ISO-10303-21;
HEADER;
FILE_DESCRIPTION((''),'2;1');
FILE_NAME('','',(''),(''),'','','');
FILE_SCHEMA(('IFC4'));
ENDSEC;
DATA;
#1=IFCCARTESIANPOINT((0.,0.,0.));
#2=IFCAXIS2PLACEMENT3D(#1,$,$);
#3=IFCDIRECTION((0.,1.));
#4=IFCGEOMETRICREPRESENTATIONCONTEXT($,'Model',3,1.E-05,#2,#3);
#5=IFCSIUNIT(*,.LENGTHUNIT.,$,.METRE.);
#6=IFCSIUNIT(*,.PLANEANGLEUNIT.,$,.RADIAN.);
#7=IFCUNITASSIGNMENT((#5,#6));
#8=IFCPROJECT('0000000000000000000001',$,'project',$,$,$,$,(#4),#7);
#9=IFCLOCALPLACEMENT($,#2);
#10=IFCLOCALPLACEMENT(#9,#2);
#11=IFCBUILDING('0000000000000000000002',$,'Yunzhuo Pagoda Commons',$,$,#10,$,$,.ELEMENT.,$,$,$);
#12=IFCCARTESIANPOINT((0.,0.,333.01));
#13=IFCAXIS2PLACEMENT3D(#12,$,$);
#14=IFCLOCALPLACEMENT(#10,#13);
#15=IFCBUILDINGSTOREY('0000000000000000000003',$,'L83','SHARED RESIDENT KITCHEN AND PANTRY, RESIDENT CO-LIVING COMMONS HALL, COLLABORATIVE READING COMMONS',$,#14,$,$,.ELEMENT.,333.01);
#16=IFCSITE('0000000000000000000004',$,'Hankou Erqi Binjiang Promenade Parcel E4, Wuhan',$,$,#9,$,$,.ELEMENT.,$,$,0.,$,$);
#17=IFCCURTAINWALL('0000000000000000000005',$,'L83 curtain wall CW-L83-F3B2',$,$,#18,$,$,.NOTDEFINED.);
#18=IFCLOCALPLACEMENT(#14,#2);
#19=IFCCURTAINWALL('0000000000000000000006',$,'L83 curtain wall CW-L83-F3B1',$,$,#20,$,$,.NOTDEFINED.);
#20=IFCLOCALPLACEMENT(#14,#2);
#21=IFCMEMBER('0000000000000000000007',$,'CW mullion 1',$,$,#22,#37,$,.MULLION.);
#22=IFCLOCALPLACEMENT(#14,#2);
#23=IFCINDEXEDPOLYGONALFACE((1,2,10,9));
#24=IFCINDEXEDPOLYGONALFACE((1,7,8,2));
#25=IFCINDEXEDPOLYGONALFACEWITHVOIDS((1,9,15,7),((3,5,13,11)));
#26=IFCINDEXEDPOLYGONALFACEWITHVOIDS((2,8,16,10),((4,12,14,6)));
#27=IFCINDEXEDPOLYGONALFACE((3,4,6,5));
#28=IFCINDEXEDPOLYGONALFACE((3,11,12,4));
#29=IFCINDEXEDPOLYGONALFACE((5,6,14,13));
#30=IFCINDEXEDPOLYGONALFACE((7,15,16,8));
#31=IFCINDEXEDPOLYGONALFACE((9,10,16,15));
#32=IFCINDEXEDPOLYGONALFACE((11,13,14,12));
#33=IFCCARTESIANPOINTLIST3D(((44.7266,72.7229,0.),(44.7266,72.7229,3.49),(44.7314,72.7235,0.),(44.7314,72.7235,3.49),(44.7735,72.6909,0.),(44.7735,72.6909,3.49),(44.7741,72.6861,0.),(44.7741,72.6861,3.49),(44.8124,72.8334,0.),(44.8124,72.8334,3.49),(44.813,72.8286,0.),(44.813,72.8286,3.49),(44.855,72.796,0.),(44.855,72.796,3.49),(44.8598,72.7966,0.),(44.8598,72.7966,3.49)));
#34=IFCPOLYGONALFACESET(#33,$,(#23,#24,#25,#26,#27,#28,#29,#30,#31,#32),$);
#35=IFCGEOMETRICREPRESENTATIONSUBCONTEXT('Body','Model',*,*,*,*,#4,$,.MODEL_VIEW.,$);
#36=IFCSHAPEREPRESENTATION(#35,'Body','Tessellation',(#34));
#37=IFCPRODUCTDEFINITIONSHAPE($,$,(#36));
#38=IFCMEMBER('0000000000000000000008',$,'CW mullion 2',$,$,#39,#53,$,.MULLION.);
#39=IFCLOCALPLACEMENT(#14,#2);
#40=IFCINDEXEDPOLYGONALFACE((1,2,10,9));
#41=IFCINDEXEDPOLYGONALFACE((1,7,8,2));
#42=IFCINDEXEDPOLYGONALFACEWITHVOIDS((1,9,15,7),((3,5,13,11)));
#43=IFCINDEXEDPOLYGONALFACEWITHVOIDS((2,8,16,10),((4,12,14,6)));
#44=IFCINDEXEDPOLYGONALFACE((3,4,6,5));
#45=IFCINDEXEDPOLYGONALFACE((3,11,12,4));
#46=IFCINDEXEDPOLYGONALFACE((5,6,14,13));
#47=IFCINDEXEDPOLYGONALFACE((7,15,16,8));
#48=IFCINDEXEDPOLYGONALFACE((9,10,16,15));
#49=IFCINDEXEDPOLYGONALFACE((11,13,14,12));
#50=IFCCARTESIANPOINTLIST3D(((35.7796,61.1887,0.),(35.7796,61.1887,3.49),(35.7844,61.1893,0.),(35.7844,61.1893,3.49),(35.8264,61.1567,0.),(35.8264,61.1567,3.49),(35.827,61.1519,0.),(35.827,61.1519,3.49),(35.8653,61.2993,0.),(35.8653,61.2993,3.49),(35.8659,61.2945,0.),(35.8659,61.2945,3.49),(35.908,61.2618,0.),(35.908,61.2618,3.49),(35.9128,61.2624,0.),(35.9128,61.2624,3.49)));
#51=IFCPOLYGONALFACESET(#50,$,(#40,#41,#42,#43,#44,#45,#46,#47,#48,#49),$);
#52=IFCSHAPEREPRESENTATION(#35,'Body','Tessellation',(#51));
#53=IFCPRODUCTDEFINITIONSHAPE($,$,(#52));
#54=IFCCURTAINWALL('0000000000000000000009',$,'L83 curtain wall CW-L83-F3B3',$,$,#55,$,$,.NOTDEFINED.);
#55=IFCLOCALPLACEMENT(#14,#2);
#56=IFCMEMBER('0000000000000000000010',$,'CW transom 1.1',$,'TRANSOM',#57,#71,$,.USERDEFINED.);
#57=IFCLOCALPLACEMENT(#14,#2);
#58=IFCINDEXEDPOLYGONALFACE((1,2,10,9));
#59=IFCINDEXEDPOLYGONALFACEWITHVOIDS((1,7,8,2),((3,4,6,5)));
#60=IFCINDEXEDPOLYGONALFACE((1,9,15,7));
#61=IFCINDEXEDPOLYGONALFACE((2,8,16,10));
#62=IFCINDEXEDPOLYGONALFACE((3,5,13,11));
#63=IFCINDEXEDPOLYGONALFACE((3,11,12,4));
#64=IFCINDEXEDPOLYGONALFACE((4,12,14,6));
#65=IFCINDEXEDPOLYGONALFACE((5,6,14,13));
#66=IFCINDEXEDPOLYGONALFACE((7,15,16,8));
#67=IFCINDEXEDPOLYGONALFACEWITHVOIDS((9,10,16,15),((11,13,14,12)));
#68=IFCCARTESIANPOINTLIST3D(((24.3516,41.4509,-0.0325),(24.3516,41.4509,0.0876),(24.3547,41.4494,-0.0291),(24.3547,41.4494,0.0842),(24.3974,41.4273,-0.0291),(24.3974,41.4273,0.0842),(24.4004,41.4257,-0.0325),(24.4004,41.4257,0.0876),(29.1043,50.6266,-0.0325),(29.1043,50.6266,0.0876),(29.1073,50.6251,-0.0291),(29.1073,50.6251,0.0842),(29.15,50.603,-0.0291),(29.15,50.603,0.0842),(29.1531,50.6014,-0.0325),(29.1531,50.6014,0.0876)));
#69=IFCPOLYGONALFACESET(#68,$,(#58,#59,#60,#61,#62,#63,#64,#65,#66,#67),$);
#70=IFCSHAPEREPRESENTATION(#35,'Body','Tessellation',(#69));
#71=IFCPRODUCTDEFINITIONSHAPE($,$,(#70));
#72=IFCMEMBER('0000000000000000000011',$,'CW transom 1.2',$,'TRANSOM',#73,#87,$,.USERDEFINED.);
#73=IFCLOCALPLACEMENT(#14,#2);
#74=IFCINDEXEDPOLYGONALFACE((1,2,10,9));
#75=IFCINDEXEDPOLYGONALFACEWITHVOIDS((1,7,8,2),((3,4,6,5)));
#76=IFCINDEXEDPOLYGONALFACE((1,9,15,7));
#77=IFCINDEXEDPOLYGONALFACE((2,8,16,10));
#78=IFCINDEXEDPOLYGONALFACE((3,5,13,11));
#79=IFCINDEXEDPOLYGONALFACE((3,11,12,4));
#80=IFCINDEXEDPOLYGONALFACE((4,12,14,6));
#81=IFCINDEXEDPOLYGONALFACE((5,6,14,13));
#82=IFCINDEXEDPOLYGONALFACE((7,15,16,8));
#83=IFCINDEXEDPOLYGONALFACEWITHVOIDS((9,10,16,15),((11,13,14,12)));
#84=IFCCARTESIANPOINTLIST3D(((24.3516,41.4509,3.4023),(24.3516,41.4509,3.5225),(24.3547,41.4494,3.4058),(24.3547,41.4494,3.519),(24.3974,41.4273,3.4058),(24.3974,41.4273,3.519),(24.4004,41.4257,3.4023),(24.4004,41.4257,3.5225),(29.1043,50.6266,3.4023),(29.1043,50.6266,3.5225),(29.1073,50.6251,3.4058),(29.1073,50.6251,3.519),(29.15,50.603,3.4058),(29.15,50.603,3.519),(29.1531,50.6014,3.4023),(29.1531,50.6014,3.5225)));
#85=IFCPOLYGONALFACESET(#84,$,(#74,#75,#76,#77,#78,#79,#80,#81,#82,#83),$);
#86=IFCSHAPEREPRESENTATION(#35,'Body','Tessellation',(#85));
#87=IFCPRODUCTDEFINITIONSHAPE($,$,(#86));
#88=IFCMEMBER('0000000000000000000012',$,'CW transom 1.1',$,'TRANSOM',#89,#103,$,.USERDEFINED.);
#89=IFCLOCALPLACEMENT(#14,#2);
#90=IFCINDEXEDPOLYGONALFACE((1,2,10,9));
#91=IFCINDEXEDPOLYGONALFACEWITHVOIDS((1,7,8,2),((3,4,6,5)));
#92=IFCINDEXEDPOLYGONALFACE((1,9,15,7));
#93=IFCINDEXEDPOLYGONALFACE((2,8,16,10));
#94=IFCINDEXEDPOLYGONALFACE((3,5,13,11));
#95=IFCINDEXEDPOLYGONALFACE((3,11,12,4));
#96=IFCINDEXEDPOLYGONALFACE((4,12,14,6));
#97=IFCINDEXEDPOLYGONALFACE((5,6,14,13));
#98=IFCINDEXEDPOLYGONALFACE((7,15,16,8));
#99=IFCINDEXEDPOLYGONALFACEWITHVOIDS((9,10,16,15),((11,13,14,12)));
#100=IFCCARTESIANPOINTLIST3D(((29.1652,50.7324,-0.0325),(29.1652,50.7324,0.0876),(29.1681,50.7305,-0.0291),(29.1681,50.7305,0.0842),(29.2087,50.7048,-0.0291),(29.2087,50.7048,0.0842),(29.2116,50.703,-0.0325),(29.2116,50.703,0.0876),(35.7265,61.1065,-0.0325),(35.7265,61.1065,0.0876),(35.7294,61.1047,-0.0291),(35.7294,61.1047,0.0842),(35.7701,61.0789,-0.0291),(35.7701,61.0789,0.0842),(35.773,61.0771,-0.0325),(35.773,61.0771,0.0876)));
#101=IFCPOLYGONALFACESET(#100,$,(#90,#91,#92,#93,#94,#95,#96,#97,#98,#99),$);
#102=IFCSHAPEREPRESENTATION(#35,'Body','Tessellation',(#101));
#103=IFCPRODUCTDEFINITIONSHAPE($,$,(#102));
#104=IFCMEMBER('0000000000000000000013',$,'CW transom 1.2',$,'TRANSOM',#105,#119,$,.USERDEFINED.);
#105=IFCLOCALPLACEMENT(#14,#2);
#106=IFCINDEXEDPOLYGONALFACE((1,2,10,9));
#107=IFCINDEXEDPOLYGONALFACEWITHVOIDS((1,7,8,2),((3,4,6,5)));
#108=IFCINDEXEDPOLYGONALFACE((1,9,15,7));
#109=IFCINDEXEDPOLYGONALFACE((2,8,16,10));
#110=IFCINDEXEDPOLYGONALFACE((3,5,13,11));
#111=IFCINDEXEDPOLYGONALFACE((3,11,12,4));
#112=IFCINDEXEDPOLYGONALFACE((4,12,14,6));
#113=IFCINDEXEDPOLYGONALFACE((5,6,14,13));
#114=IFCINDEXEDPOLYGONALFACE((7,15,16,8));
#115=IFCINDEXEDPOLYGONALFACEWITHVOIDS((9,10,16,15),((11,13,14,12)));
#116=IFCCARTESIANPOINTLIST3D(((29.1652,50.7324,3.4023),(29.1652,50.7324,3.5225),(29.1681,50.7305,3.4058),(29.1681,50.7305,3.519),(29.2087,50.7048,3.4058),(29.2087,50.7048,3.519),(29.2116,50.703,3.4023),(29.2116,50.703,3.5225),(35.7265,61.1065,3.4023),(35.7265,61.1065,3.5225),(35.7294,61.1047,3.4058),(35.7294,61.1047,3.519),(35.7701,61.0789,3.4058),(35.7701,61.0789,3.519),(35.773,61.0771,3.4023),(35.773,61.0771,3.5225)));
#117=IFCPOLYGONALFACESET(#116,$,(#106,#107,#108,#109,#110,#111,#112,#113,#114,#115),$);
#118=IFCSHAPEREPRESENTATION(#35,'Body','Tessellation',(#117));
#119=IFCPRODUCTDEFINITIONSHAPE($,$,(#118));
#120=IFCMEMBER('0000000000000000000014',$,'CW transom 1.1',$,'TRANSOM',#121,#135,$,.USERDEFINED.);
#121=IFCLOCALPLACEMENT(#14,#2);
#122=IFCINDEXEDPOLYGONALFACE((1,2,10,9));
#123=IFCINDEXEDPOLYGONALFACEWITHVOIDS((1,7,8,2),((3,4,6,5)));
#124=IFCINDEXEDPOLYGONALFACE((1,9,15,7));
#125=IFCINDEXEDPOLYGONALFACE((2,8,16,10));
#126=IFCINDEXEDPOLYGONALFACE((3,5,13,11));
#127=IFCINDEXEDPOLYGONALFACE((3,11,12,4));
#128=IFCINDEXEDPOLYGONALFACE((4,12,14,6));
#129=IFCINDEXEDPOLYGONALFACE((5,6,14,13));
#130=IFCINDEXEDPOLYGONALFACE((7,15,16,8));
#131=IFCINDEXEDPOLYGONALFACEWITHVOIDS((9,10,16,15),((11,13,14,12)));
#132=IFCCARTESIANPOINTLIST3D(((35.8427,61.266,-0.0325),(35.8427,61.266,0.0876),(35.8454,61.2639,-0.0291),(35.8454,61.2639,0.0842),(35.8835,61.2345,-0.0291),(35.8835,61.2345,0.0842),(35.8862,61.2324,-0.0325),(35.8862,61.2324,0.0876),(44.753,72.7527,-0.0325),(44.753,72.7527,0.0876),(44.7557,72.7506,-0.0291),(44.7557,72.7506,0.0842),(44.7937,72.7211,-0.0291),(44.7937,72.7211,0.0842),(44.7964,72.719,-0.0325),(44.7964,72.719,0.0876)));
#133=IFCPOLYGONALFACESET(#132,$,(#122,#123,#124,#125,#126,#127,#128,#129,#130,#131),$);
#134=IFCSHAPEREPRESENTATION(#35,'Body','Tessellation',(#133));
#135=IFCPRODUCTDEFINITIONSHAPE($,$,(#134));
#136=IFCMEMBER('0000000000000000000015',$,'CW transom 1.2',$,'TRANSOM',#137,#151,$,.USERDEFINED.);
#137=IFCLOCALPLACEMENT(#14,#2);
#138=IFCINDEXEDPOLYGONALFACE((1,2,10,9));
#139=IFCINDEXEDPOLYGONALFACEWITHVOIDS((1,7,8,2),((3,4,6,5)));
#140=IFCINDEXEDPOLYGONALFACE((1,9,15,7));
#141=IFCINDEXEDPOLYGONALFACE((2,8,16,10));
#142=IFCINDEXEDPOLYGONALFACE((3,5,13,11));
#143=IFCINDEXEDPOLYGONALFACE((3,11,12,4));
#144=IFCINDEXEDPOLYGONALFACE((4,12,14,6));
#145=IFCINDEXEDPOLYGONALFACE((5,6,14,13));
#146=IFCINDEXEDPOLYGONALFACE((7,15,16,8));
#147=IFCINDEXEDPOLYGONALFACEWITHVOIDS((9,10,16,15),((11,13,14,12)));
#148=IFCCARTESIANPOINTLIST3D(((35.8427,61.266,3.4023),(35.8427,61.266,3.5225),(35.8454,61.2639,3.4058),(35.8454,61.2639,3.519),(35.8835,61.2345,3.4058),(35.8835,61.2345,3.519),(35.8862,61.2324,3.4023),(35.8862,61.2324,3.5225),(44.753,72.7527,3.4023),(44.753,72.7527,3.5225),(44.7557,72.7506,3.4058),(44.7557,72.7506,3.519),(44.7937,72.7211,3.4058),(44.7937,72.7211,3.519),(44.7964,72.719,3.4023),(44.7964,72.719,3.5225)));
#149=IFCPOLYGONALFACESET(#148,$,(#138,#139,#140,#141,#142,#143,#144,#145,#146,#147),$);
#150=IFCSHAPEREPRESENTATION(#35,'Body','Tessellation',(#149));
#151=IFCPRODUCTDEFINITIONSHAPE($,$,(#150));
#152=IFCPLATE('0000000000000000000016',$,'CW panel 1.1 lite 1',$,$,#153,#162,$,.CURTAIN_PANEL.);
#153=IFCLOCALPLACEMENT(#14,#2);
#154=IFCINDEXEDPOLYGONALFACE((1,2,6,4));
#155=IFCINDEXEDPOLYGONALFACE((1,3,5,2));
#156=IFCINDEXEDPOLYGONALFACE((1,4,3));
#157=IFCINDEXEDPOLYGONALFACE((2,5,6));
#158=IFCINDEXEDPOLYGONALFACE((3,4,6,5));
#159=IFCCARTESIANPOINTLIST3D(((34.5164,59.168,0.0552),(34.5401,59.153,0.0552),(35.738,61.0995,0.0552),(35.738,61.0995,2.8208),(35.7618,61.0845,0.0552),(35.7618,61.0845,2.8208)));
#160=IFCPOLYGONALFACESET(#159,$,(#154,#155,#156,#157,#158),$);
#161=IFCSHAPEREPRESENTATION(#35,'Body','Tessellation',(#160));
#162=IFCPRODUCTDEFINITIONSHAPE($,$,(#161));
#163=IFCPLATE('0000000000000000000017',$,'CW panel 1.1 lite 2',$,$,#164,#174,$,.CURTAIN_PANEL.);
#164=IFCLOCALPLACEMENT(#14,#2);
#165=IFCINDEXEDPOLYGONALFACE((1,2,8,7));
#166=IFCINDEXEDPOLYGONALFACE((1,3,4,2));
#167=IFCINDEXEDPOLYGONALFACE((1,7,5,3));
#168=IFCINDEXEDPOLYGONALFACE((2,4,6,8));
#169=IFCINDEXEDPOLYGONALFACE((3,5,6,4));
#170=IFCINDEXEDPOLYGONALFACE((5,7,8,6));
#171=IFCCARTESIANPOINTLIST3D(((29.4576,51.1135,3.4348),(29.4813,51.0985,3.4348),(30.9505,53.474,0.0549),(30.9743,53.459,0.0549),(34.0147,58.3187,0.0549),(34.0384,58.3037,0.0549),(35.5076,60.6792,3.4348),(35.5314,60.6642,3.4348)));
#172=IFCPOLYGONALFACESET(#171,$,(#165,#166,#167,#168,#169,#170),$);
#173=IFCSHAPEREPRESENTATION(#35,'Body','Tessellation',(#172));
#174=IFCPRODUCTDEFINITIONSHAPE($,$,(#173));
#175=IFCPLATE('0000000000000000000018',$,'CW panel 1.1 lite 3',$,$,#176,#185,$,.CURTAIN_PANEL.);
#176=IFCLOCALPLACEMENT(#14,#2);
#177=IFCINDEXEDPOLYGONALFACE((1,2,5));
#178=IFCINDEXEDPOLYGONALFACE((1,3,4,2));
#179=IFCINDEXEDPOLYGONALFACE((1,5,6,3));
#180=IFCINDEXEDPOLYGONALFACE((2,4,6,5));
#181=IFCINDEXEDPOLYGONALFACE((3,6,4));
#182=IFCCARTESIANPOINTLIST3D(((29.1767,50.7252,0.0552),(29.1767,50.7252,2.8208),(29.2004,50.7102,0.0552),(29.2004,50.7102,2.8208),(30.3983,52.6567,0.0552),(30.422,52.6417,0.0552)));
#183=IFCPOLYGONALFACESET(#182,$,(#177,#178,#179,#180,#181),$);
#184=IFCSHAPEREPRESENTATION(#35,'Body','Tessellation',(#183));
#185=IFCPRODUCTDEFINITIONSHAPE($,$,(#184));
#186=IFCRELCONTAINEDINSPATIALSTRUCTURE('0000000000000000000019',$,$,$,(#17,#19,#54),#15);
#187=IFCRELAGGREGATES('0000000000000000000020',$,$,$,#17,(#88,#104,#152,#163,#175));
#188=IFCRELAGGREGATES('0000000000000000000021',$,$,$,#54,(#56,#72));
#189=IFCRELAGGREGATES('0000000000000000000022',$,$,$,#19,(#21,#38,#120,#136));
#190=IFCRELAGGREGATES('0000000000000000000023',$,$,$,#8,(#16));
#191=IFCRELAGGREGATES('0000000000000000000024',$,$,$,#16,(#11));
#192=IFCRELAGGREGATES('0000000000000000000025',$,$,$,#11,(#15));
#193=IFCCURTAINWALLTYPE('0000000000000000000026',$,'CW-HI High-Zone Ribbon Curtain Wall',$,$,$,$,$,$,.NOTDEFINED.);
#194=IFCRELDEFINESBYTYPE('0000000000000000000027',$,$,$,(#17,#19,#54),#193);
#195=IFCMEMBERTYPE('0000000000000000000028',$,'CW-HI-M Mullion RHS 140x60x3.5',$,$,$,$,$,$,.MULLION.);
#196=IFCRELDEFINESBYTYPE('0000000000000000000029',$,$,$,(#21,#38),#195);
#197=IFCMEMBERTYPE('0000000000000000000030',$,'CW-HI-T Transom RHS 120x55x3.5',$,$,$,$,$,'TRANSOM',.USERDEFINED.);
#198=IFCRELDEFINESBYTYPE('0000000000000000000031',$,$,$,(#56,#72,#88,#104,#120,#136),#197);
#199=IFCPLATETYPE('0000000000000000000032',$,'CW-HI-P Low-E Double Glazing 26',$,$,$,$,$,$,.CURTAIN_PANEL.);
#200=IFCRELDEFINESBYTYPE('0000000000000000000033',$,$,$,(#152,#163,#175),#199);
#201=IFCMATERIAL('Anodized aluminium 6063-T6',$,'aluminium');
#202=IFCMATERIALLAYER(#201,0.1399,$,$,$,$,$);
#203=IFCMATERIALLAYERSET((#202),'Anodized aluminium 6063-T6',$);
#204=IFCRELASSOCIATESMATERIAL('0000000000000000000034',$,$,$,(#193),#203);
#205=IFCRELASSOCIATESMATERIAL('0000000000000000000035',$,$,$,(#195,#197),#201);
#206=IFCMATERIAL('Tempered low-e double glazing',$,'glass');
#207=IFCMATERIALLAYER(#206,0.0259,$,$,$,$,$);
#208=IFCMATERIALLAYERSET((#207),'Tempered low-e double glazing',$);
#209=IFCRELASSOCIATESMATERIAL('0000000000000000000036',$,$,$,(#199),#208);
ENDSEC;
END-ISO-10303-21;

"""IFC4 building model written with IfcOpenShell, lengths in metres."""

from ifc_helpers import new_model, si_unit, direction, frame, origin, origin_2d, place, context, subcontext, project, spatial, polyline, hollow_rectangle, outline, extrude, source, transform, mapped, material, layer, layer_set, material_profile, profile_set, type_object, element, aggregate, save


model = new_model("IFC4")

# Units and contexts
model_context = context("Model", 3, precision=1e-05, world=origin(), true_north=direction((0.0, 1.0)))
body_context = subcontext(model_context, "Body", "Model", "MODEL_VIEW")
ifc_project = project(units=[si_unit("LENGTHUNIT", "METRE"), si_unit("PLANEANGLEUNIT", "RADIAN")], contexts=[model_context])

# Site, building, storey
site_placement = place(None, origin())
site = spatial("IfcSite", under=ifc_project, at=site_placement, Name="Hankou Erqi Binjiang Promenade Parcel E4, Wuhan", CompositionType="ELEMENT", RefElevation=0.0)
building_placement = place(site_placement, origin())
building = spatial("IfcBuilding", under=site, at=building_placement, Name="Yunzhuo Pagoda Commons", CompositionType="ELEMENT")
storey_placement = place(building_placement, frame((0.0, 0.0, 333.01)))
storey = spatial("IfcBuildingStorey", under=building, at=storey_placement, Name="L83", Description="SHARED RESIDENT KITCHEN AND PANTRY, RESIDENT CO-LIVING COMMONS HALL, COLLABORATIVE READING COMMONS", CompositionType="ELEMENT", Elevation=333.01)

# Curtain walls, members
ifc_material_1 = material(Name="Anodized aluminium 6063-T6", Category="aluminium")
ifc_layer_1 = layer(ifc_material_1, 0.1399)
ifc_layer_set_1 = layer_set([ifc_layer_1], Name="Anodized aluminium 6063-T6")
curtain_wall_type = type_object("IfcCurtainWallType", Name="CW-HI High-Zone Ribbon Curtain Wall", PredefinedType="NOTDEFINED", material=ifc_layer_set_1)
curtain_wall_1_placement = place(storey_placement, origin())
curtain_wall_1 = element("IfcCurtainWall", 1, at=curtain_wall_1_placement, inside=storey, type_object=curtain_wall_type, Name="L83 curtain wall CW-L83-F3B2", PredefinedType="NOTDEFINED")
ifc_material_profile_1 = material_profile(ifc_material_1, hollow_rectangle(XDim=0.0601, YDim=0.1399, WallThickness=0.0034, at=origin_2d()), Name="Anodized aluminium 6063-T6")
ifc_profile_set_1 = profile_set([ifc_material_profile_1], Name="Anodized aluminium 6063-T6")
member_type_1 = type_object("IfcMemberType", Name="CW-HI-M Mullion RHS 140x60x3.5", PredefinedType="MULLION", material=ifc_profile_set_1)
shared_shape_1 = source(origin(), body_context, "Body", "SweptSolid", [
    extrude(hollow_rectangle(XDim=0.0601, YDim=0.1399, WallThickness=0.0034, at=origin_2d()), origin(), (0.0, 0.0, 1.0), 3.49),
])
curtain_wall_2_placement = place(storey_placement, origin())
curtain_wall_2 = element("IfcCurtainWall", 2, at=curtain_wall_2_placement, inside=storey, type_object=curtain_wall_type, Name="L83 curtain wall CW-L83-F3B1", PredefinedType="NOTDEFINED")
member_1_placement = place(storey_placement, frame((44.7932, 72.7598, 0.0), z_axis=(0.0, 0.0, 1.0), x_axis=(0.790147, -0.612918, 0.0)))
member_1 = element("IfcMember", 3, at=member_1_placement, type_object=member_type_1, Name="CW mullion 1", PredefinedType="MULLION", context=body_context, shape_type="MappedRepresentation", body=[
    mapped(shared_shape_1, transform((0.0, 0.0, 0.0), scale=1.0)),
])
member_2_placement = place(storey_placement, frame((35.8462, 61.2256, 0.0), z_axis=(0.0, 0.0, 1.0), x_axis=(0.790147, -0.612918, 0.0)))
member_2 = element("IfcMember", 4, at=member_2_placement, type_object=member_type_1, Name="CW mullion 2", PredefinedType="MULLION", context=body_context, shape_type="MappedRepresentation", body=[
    mapped(shared_shape_1, transform((0.0, 0.0, 0.0), scale=1.0)),
])
curtain_wall_3_placement = place(storey_placement, origin())
curtain_wall_3 = element("IfcCurtainWall", 5, at=curtain_wall_3_placement, inside=storey, type_object=curtain_wall_type, Name="L83 curtain wall CW-L83-F3B3", PredefinedType="NOTDEFINED")
ifc_material_profile_2 = material_profile(ifc_material_1, hollow_rectangle(XDim=0.0549, YDim=0.1201, WallThickness=0.0034, at=origin_2d()), Name="Anodized aluminium 6063-T6")
ifc_profile_set_2 = profile_set([ifc_material_profile_2], Name="Anodized aluminium 6063-T6")
member_type_2 = type_object("IfcMemberType", Name="CW-HI-T Transom RHS 120x55x3.5", ElementType="TRANSOM", PredefinedType="USERDEFINED", material=ifc_profile_set_2)
shared_shape_2 = source(origin(), body_context, "Body", "SweptSolid", [
    extrude(hollow_rectangle(XDim=0.0549, YDim=0.1201, WallThickness=0.0034, at=origin_2d()), origin(), (0.0, 0.0, 1.0), 10.3335),
])
member_3_placement = place(storey_placement, frame((29.1287, 50.614, 0.0276), z_axis=(-0.459926, -0.887957, 0.0), x_axis=(0.887957, -0.459926, 0.0)))
member_3 = element("IfcMember", 6, at=member_3_placement, type_object=member_type_2, Name="CW transom 1.1", ObjectType="TRANSOM", PredefinedType="USERDEFINED", context=body_context, shape_type="MappedRepresentation", body=[
    mapped(shared_shape_2, transform((0.0, 0.0, 0.0), scale=1.0)),
])
member_4_placement = place(storey_placement, frame((29.1287, 50.614, 3.4624), z_axis=(-0.459926, -0.887957, 0.0), x_axis=(0.887957, -0.459926, 0.0)))
member_4 = element("IfcMember", 7, at=member_4_placement, type_object=member_type_2, Name="CW transom 1.2", ObjectType="TRANSOM", PredefinedType="USERDEFINED", context=body_context, shape_type="MappedRepresentation", body=[
    mapped(shared_shape_2, transform((0.0, 0.0, 0.0), scale=1.0)),
])

# Members
shared_shape_3 = source(origin(), body_context, "Body", "SweptSolid", [
    extrude(hollow_rectangle(XDim=0.0549, YDim=0.1201, WallThickness=0.0034, at=origin_2d()), origin(), (0.0, 0.0, 1.0), 12.2749),
])
member_5_placement = place(storey_placement, frame((35.7498, 61.0918, 0.0276), z_axis=(-0.534532, -0.845148, 0.0), x_axis=(0.845148, -0.534532, 0.0)))
member_5 = element("IfcMember", 8, at=member_5_placement, type_object=member_type_2, Name="CW transom 1.1", ObjectType="TRANSOM", PredefinedType="USERDEFINED", context=body_context, shape_type="MappedRepresentation", body=[
    mapped(shared_shape_3, transform((0.0, 0.0, 0.0), scale=1.0)),
])
member_6_placement = place(storey_placement, frame((35.7498, 61.0918, 3.4624), z_axis=(-0.534532, -0.845148, 0.0), x_axis=(0.845148, -0.534532, 0.0)))
member_6 = element("IfcMember", 9, at=member_6_placement, type_object=member_type_2, Name="CW transom 1.2", ObjectType="TRANSOM", PredefinedType="USERDEFINED", context=body_context, shape_type="MappedRepresentation", body=[
    mapped(shared_shape_3, transform((0.0, 0.0, 0.0), scale=1.0)),
])
shared_shape_4 = source(origin(), body_context, "Body", "SweptSolid", [
    extrude(hollow_rectangle(XDim=0.0549, YDim=0.1201, WallThickness=0.0034, at=origin_2d()), origin(), (0.0, 0.0, 1.0), 14.5374),
])
member_7_placement = place(storey_placement, frame((44.7747, 72.7358, 0.0276), z_axis=(-0.612918, -0.790146, 0.0), x_axis=(0.790146, -0.612918, 0.0)))
member_7 = element("IfcMember", 10, at=member_7_placement, type_object=member_type_2, Name="CW transom 1.1", ObjectType="TRANSOM", PredefinedType="USERDEFINED", context=body_context, shape_type="MappedRepresentation", body=[
    mapped(shared_shape_4, transform((0.0, 0.0, 0.0), scale=1.0)),
])
member_8_placement = place(storey_placement, frame((44.7747, 72.7358, 3.4624), z_axis=(-0.612918, -0.790146, 0.0), x_axis=(0.790146, -0.612918, 0.0)))
member_8 = element("IfcMember", 11, at=member_8_placement, type_object=member_type_2, Name="CW transom 1.2", ObjectType="TRANSOM", PredefinedType="USERDEFINED", context=body_context, shape_type="MappedRepresentation", body=[
    mapped(shared_shape_4, transform((0.0, 0.0, 0.0), scale=1.0)),
])

# Plates
ifc_material_2 = material(Name="Tempered low-e double glazing", Category="glass")
ifc_layer_2 = layer(ifc_material_2, 0.0259)
ifc_layer_set_2 = layer_set([ifc_layer_2], Name="Tempered low-e double glazing")
plate_type_1 = type_object("IfcPlateType", Name="CW-HI-P Low-E Double Glazing 26", PredefinedType="CURTAIN_PANEL", material=ifc_layer_set_2)
plate_1_placement = place(storey_placement, frame((35.1509, 60.1187, 1.438), z_axis=(-0.845149, 0.534531, 0.0), x_axis=(-0.534531, -0.845149, 0.0)))
plate_1 = element("IfcPlate", 12, at=plate_1_placement, type_object=plate_type_1, Name="CW panel 1.1 lite 1", PredefinedType="CURTAIN_PANEL", context=body_context, shape_type="SweptSolid", body=[
    extrude(outline(polyline([(-1.1428, -1.3828), (1.1426, -1.3828), (-1.1428, 1.3828), (-1.1428, -1.3828)])), origin(), (0.0, 0.0, 1.0), 0.0281),
])
plate_2_placement = place(storey_placement, frame((32.5063, 55.8813, 1.7449), z_axis=(-0.845149, 0.534531, 0.0), x_axis=(-0.534531, -0.845149, 0.0)))
plate_2 = element("IfcPlate", 13, at=plate_2_placement, type_object=plate_type_1, Name="CW panel 1.1 lite 2", PredefinedType="CURTAIN_PANEL", context=body_context, shape_type="SweptSolid", body=[
    extrude(outline(polyline([(-5.6592, 1.6899), (-2.8662, -1.6899), (2.8662, -1.6899), (5.6592, 1.6899), (-5.6592, 1.6899)])), origin(), (0.0, 0.0, 1.0), 0.0281),
])
plate_3_placement = place(storey_placement, frame((29.8113, 51.676, 1.438), z_axis=(-0.845149, 0.534531, 0.0), x_axis=(-0.534531, -0.845149, 0.0)))
plate_3 = element("IfcPlate", 14, at=plate_3_placement, type_object=plate_type_1, Name="CW panel 1.1 lite 3", PredefinedType="CURTAIN_PANEL", context=body_context, shape_type="SweptSolid", body=[
    extrude(outline(polyline([(-1.1426, -1.3828), (1.1428, -1.3828), (1.1428, 1.3828), (-1.1426, -1.3828)])), origin(), (0.0, 0.0, 1.0), 0.0281),
])
aggregate(curtain_wall_1, [member_5, member_6, plate_1, plate_2, plate_3])
aggregate(curtain_wall_3, [member_3, member_4])

aggregate(curtain_wall_2, [member_1, member_2, member_7, member_8])

save(model, "model.ifc")
